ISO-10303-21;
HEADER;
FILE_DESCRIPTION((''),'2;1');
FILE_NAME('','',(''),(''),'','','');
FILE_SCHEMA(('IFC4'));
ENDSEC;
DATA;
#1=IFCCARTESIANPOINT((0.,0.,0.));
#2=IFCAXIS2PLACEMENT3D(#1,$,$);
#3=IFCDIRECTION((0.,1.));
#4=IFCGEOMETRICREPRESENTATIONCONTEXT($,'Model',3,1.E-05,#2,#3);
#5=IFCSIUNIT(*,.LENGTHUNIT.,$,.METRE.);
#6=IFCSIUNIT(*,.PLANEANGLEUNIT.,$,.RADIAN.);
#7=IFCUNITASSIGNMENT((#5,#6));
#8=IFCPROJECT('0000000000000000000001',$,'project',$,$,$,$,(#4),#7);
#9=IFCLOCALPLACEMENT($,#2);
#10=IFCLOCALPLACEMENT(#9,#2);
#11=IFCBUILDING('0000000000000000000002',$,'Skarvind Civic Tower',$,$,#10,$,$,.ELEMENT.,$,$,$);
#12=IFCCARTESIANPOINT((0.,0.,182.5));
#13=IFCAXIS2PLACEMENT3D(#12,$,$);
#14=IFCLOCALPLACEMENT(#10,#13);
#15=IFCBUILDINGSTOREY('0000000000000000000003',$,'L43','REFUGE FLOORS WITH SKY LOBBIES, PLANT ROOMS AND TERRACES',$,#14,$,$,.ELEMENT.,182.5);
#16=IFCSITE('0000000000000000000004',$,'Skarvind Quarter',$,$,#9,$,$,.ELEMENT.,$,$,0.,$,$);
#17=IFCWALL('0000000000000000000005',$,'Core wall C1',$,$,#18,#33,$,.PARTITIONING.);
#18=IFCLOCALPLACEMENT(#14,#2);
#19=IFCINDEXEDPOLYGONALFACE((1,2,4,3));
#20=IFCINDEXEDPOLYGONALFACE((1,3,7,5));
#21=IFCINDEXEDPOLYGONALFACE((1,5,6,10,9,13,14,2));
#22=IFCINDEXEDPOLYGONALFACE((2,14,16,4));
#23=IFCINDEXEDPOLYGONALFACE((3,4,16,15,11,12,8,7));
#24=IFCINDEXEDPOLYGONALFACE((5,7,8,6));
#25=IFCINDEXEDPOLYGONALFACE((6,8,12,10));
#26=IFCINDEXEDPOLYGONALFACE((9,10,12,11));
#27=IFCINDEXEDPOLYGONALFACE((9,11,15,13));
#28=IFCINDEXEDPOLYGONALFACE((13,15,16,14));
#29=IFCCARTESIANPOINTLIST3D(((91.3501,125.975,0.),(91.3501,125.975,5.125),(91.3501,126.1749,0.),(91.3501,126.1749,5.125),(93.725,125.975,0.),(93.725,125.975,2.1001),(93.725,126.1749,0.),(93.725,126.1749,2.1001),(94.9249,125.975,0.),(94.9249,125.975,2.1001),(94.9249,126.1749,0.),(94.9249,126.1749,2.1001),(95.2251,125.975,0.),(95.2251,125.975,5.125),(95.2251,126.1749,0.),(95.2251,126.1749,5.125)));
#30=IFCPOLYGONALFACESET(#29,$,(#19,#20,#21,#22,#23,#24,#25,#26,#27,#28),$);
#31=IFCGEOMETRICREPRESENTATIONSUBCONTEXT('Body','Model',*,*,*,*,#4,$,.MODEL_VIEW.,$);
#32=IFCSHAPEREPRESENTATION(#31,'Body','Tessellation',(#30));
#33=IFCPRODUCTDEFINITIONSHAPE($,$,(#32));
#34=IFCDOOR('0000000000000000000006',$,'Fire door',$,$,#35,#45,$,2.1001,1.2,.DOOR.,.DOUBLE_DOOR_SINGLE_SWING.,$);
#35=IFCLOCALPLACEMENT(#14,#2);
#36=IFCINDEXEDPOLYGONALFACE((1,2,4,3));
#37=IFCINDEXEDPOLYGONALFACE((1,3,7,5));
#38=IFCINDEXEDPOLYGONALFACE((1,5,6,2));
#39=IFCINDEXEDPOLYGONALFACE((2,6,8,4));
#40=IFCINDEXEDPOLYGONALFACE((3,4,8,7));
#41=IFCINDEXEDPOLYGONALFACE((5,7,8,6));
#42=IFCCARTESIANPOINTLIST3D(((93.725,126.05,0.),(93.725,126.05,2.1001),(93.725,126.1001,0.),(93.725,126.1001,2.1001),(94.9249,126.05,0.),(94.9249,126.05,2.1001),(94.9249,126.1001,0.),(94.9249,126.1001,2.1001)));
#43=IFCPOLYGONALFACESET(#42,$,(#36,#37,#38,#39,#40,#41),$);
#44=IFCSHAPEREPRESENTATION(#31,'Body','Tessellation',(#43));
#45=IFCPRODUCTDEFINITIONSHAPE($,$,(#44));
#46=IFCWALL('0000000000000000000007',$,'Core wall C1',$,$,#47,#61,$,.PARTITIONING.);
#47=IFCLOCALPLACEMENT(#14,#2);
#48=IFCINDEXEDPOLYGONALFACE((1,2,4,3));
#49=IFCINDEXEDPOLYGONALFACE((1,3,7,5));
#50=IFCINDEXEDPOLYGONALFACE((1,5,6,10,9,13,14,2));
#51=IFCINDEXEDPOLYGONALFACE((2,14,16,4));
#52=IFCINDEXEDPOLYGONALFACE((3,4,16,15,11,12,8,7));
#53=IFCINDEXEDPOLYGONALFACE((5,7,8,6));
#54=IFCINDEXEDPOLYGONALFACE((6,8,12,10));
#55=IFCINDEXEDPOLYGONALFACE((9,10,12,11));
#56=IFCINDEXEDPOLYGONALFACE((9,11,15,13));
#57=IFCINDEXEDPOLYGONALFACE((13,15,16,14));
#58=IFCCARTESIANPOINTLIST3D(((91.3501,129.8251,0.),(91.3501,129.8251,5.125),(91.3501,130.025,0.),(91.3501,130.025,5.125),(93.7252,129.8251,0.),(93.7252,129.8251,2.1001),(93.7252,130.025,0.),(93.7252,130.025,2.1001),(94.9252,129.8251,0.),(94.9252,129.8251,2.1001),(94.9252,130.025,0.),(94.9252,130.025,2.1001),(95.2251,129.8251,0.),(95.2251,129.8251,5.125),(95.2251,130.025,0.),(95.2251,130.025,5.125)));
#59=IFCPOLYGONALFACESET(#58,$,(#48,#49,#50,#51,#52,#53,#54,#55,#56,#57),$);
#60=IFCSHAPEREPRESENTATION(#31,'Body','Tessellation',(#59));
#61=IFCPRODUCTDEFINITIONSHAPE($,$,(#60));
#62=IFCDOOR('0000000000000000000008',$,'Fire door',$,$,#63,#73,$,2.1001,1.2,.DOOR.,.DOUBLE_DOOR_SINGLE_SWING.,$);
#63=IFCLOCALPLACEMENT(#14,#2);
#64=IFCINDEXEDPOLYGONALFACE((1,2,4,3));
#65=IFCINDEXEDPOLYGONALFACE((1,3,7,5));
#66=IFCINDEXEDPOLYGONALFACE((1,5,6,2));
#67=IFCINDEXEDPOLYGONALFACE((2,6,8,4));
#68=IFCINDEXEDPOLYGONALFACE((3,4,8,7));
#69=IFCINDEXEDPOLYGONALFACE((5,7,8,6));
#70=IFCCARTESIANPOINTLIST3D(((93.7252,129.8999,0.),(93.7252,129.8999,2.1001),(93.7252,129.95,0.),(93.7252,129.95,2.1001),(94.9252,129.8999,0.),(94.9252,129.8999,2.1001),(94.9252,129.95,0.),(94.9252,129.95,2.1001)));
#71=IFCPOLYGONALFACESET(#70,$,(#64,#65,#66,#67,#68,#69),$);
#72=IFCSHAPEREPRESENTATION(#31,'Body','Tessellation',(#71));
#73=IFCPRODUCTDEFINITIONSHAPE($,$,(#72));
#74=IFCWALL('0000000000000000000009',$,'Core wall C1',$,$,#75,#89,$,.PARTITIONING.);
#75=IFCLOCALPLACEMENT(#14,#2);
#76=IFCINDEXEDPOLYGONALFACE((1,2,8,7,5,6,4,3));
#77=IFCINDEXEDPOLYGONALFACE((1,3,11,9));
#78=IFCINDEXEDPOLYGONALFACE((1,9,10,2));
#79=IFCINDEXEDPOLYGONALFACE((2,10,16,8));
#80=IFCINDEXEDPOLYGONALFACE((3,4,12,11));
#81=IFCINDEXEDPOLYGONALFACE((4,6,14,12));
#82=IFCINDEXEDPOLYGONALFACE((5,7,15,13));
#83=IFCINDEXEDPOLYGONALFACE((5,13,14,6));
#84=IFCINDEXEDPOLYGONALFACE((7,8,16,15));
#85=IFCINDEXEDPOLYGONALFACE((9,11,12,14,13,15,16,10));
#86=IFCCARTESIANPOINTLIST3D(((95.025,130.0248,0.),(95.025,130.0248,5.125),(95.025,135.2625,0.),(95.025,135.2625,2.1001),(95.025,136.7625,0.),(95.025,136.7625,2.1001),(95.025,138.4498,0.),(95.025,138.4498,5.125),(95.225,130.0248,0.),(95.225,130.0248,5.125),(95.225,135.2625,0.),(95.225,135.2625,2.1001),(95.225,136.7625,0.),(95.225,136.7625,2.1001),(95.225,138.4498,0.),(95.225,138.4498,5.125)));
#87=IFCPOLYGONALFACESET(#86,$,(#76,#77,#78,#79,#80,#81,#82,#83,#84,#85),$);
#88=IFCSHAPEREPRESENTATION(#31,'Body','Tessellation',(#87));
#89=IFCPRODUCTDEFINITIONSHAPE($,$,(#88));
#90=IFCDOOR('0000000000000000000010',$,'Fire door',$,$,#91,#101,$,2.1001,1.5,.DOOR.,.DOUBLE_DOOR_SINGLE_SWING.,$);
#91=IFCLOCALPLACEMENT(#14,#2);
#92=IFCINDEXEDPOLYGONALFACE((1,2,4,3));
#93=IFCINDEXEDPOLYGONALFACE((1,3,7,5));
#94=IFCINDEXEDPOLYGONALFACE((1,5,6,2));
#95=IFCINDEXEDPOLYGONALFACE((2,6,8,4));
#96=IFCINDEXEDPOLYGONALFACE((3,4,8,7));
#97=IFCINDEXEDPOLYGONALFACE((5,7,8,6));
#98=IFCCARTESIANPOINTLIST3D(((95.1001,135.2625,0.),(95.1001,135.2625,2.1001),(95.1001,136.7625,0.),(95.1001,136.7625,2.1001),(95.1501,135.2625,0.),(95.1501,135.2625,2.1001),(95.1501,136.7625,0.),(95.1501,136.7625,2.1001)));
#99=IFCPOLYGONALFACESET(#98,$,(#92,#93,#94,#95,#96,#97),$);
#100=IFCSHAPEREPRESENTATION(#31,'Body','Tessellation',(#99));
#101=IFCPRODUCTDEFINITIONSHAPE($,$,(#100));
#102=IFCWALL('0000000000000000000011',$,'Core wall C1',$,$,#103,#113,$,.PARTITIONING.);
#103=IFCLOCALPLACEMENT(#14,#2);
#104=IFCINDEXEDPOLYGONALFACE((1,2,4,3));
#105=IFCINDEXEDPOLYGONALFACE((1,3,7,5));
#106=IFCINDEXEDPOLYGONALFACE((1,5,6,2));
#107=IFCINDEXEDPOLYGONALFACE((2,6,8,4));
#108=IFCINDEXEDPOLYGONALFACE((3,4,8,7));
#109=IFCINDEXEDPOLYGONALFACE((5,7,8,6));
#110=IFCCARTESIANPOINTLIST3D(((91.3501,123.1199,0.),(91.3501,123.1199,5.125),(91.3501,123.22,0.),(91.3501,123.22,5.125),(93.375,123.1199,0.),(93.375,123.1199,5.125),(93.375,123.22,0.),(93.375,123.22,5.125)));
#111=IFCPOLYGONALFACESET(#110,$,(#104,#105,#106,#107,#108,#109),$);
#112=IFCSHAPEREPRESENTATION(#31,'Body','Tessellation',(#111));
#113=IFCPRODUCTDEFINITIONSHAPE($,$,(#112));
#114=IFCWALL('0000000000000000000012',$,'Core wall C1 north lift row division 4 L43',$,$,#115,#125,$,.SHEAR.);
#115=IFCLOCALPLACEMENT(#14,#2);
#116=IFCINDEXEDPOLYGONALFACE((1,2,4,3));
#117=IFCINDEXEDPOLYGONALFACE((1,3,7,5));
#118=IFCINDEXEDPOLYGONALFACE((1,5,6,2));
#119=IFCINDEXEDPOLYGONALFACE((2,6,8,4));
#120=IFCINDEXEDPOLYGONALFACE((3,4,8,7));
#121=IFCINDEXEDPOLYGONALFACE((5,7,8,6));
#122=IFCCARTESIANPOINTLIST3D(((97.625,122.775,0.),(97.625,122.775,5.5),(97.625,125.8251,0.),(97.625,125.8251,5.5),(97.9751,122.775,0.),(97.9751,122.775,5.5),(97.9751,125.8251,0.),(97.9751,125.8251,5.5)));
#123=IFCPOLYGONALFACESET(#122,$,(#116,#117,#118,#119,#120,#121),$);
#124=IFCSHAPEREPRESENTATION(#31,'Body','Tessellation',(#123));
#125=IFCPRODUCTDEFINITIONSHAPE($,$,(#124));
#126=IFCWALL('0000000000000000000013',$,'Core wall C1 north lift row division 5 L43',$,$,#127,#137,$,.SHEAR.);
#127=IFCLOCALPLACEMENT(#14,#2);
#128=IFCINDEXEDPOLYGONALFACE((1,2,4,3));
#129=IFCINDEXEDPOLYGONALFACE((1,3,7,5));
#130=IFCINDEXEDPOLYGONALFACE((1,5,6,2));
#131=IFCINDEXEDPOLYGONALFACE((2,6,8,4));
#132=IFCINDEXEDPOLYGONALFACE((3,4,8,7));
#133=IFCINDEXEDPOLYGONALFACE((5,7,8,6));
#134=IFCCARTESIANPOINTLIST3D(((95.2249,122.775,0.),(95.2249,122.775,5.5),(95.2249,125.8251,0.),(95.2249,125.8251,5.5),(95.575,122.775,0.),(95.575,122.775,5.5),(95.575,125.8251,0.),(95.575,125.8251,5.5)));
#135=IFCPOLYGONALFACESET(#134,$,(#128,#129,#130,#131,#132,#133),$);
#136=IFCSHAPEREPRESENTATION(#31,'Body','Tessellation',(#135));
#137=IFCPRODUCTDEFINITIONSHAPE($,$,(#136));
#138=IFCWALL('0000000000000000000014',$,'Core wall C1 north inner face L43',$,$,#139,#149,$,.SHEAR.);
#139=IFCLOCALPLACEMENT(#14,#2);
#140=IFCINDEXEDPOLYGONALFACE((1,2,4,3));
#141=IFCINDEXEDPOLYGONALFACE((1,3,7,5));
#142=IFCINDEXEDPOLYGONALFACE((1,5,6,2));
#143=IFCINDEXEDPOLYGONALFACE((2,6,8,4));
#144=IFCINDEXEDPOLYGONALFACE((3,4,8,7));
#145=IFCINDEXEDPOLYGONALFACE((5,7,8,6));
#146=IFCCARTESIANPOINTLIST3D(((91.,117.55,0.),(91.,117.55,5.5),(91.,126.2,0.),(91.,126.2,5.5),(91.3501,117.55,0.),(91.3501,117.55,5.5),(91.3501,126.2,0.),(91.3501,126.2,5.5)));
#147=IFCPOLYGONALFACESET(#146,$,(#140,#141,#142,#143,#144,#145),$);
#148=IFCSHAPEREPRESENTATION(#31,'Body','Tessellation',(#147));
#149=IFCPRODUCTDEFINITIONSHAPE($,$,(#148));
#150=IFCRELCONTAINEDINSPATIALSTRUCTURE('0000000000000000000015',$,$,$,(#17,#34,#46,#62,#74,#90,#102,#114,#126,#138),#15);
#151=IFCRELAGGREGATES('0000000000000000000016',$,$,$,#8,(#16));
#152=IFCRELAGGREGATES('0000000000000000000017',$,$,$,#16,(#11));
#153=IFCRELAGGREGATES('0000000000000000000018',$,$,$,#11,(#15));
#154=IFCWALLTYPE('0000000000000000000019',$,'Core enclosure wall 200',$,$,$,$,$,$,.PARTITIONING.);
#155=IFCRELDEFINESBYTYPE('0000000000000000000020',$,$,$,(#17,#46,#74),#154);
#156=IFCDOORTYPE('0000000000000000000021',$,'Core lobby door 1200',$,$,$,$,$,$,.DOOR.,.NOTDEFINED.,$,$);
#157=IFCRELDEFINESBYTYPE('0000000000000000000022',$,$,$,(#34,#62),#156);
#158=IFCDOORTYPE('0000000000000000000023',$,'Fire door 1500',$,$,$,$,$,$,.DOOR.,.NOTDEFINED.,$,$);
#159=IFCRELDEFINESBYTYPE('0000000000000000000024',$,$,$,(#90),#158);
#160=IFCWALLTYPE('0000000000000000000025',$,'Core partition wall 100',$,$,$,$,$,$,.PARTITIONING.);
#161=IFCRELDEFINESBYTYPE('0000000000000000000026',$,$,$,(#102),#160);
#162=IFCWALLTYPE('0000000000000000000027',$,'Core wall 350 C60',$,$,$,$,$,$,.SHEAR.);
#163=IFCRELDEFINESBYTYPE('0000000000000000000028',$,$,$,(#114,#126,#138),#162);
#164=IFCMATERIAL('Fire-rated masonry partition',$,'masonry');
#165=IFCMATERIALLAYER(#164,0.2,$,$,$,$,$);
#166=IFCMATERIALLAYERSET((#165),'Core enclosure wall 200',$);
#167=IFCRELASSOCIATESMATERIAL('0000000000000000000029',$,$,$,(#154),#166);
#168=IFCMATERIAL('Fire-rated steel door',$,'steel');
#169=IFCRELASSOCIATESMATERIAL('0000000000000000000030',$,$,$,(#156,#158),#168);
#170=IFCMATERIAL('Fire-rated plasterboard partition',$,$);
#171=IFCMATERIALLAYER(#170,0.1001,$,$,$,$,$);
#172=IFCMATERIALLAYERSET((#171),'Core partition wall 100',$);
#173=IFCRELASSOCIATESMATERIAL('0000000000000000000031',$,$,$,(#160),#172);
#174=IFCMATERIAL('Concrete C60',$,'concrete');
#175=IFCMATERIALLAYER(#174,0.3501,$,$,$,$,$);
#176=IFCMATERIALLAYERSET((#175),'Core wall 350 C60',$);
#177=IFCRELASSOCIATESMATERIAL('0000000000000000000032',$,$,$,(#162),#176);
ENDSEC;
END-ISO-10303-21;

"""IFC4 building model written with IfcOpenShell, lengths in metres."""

from ifc_helpers import new_model, si_unit, direction, frame, frame_2d, origin, place, context, subcontext, project, spatial, rectangle, extrude, material, layer, layer_set, type_object, element, fill, save


model = new_model("IFC4")

# Units and contexts
model_context = context("Model", 3, precision=1e-05, world=origin(), true_north=direction((0.0, 1.0)))
body_context = subcontext(model_context, "Body", "Model", "MODEL_VIEW")
ifc_project = project(units=[si_unit("LENGTHUNIT", "METRE"), si_unit("PLANEANGLEUNIT", "RADIAN")], contexts=[model_context])

# Site, building, storey
site_placement = place(None, origin())
site = spatial("IfcSite", under=ifc_project, at=site_placement, Name="Skarvind Quarter", CompositionType="ELEMENT", RefElevation=0.0)
building_placement = place(site_placement, origin())
building = spatial("IfcBuilding", under=site, at=building_placement, Name="Skarvind Civic Tower", CompositionType="ELEMENT")
storey_placement = place(building_placement, frame((0.0, 0.0, 182.5)))
storey = spatial("IfcBuildingStorey", under=building, at=storey_placement, Name="L43", Description="REFUGE FLOORS WITH SKY LOBBIES, PLANT ROOMS AND TERRACES", CompositionType="ELEMENT", Elevation=182.5)

# Walls, openings, doors
ifc_material_1 = material(Name="Fire-rated masonry partition", Category="masonry")
ifc_layer_1 = layer(ifc_material_1, 0.2)
ifc_layer_set_1 = layer_set([ifc_layer_1], Name="Core enclosure wall 200")
wall_type_1 = type_object("IfcWallType", Name="Core enclosure wall 200", PredefinedType="PARTITIONING", material=ifc_layer_set_1)
wall_1_placement = place(storey_placement, frame((95.2251, 126.075, 0.0), z_axis=(0.0, 0.0, 1.0), x_axis=(-1.0, 0.0, 0.0)))
wall_1 = element("IfcWall", 1, at=wall_1_placement, inside=storey, type_object=wall_type_1, Name="Core wall C1", PredefinedType="PARTITIONING", context=body_context, shape_type="SweptSolid", body=[
    extrude(rectangle(XDim=3.875, YDim=0.2, at=frame_2d((1.9375, 0.0))), origin(), (0.0, 0.0, 1.0), 5.125),
])
opening_1_placement = place(wall_1_placement, frame((0.3, 0.0, 0.0)))
opening_1 = element("IfcOpeningElement", 2, at=opening_1_placement, cuts=wall_1, PredefinedType="OPENING", context=body_context, shape_type="SweptSolid", body=[
    extrude(rectangle(XDim=1.2, YDim=2.1001, at=frame_2d((0.6001, 1.05))), frame((0.0, 0.1099, 0.0), z_axis=(0.0, -1.0, 0.0), x_axis=(1.0, 0.0, 0.0)), (0.0, 0.0, 1.0), 0.22),
])
ifc_material_2 = material(Name="Fire-rated steel door", Category="steel")
door_type_1 = type_object("IfcDoorType", Name="Core lobby door 1200", OperationType="NOTDEFINED", PredefinedType="DOOR", material=ifc_material_2)
door_1_placement = place(opening_1_placement, origin())
door_1 = element("IfcDoor", 3, at=door_1_placement, inside=storey, type_object=door_type_1, Name="Fire door", OperationType="DOUBLE_DOOR_SINGLE_SWING", OverallHeight=2.1001, OverallWidth=1.2, PredefinedType="DOOR", context=body_context, shape_type="SweptSolid", body=[
    extrude(rectangle(XDim=1.2, YDim=2.1001, at=frame_2d((0.6001, 1.05))), frame((0.0, 0.0249, 0.0), z_axis=(0.0, -1.0, 0.0), x_axis=(1.0, 0.0, 0.0)), (0.0, 0.0, 1.0), 0.05),
])
fill(opening_1, door_1)
wall_2_placement = place(storey_placement, frame((91.3501, 129.925, 0.0), z_axis=(0.0, 0.0, 1.0), x_axis=(1.0, 0.0, 0.0)))
wall_2 = element("IfcWall", 4, at=wall_2_placement, inside=storey, type_object=wall_type_1, Name="Core wall C1", PredefinedType="PARTITIONING", context=body_context, shape_type="SweptSolid", body=[
    extrude(rectangle(XDim=3.875, YDim=0.2, at=frame_2d((1.9375, 0.0))), origin(), (0.0, 0.0, 1.0), 5.125),
])
opening_2_placement = place(wall_2_placement, frame((2.375, 0.0, 0.0)))
opening_2 = element("IfcOpeningElement", 5, at=opening_2_placement, cuts=wall_2, PredefinedType="OPENING", context=body_context, shape_type="SweptSolid", body=[
    extrude(rectangle(XDim=1.2, YDim=2.1001, at=frame_2d((0.6001, 1.05))), frame((0.0, 0.1099, 0.0), z_axis=(0.0, -1.0, 0.0), x_axis=(1.0, 0.0, 0.0)), (0.0, 0.0, 1.0), 0.22),
])
door_2_placement = place(opening_2_placement, origin())
door_2 = element("IfcDoor", 6, at=door_2_placement, inside=storey, type_object=door_type_1, Name="Fire door", OperationType="DOUBLE_DOOR_SINGLE_SWING", OverallHeight=2.1001, OverallWidth=1.2, PredefinedType="DOOR", context=body_context, shape_type="SweptSolid", body=[
    extrude(rectangle(XDim=1.2, YDim=2.1001, at=frame_2d((0.6001, 1.05))), frame((0.0, 0.0249, 0.0), z_axis=(0.0, -1.0, 0.0), x_axis=(1.0, 0.0, 0.0)), (0.0, 0.0, 1.0), 0.05),
])
fill(opening_2, door_2)
wall_3_placement = place(storey_placement, frame((95.125, 130.0249, 0.0), z_axis=(0.0, 0.0, 1.0), x_axis=(0.0, 1.0, 0.0)))
wall_3 = element("IfcWall", 7, at=wall_3_placement, inside=storey, type_object=wall_type_1, Name="Core wall C1", PredefinedType="PARTITIONING", context=body_context, shape_type="SweptSolid", body=[
    extrude(rectangle(XDim=8.425, YDim=0.2, at=frame_2d((4.2124, 0.0))), origin(), (0.0, 0.0, 1.0), 5.125),
])
opening_3_placement = place(wall_3_placement, frame((5.2375, 0.0, 0.0)))
opening_3 = element("IfcOpeningElement", 8, at=opening_3_placement, cuts=wall_3, PredefinedType="OPENING", context=body_context, shape_type="SweptSolid", body=[
    extrude(rectangle(XDim=1.5, YDim=2.1001, at=frame_2d((0.75, 1.05))), frame((0.0, 0.1099, 0.0), z_axis=(0.0, -1.0, 0.0), x_axis=(1.0, 0.0, 0.0)), (0.0, 0.0, 1.0), 0.22),
])
door_type_2 = type_object("IfcDoorType", Name="Fire door 1500", OperationType="NOTDEFINED", PredefinedType="DOOR", material=ifc_material_2)
door_3_placement = place(opening_3_placement, origin())
door_3 = element("IfcDoor", 9, at=door_3_placement, inside=storey, type_object=door_type_2, Name="Fire door", OperationType="DOUBLE_DOOR_SINGLE_SWING", OverallHeight=2.1001, OverallWidth=1.5, PredefinedType="DOOR", context=body_context, shape_type="SweptSolid", body=[
    extrude(rectangle(XDim=1.5, YDim=2.1001, at=frame_2d((0.75, 1.05))), frame((0.0, 0.0249, 0.0), z_axis=(0.0, -1.0, 0.0), x_axis=(1.0, 0.0, 0.0)), (0.0, 0.0, 1.0), 0.05),
])
fill(opening_3, door_3)

# Walls
ifc_material_3 = material(Name="Fire-rated plasterboard partition")
ifc_layer_2 = layer(ifc_material_3, 0.1001)
ifc_layer_set_2 = layer_set([ifc_layer_2], Name="Core partition wall 100")
wall_type_2 = type_object("IfcWallType", Name="Core partition wall 100", PredefinedType="PARTITIONING", material=ifc_layer_set_2)
wall_4_placement = place(storey_placement, frame((93.375, 123.1699, 0.0), z_axis=(0.0, 0.0, 1.0), x_axis=(-1.0, 0.0, 0.0)))
element("IfcWall", 10, at=wall_4_placement, inside=storey, type_object=wall_type_2, Name="Core wall C1", PredefinedType="PARTITIONING", context=body_context, shape_type="SweptSolid", body=[
    extrude(rectangle(XDim=2.0249, YDim=0.1001, at=frame_2d((1.0125, 0.0))), origin(), (0.0, 0.0, 1.0), 5.125),
])
ifc_material_4 = material(Name="Concrete C60", Category="concrete")
ifc_layer_3 = layer(ifc_material_4, 0.3501)
ifc_layer_set_3 = layer_set([ifc_layer_3], Name="Core wall 350 C60")
wall_type_3 = type_object("IfcWallType", Name="Core wall 350 C60", PredefinedType="SHEAR", material=ifc_layer_set_3)
for number, where, z_axis, x_axis, name in (
    (11, (97.8, 125.825, 0.0), (0.0, 0.0, 1.0), (0.0, -1.0, 0.0), "Core wall C1 north lift row division 4 L43"),
    (12, (95.3999, 125.825, 0.0), (0.0, 0.0, 1.0), (0.0, -1.0, 0.0), "Core wall C1 north lift row division 5 L43"),
):
    element("IfcWall", number, at=place(storey_placement, frame(where, z_axis=z_axis, x_axis=x_axis)), inside=storey, type_object=wall_type_3, Name=name, PredefinedType="SHEAR", context=body_context, shape_type="SweptSolid", body=[
        extrude(rectangle(XDim=3.05, YDim=0.3501, at=frame_2d((1.5249, 0.0))), origin(), (0.0, 0.0, 1.0), 5.5),
    ])
wall_5_placement = place(storey_placement, frame((91.175, 126.2, 0.0), z_axis=(0.0, 0.0, 1.0), x_axis=(0.0, -1.0, 0.0)))
element("IfcWall", 13, at=wall_5_placement, inside=storey, type_object=wall_type_3, Name="Core wall C1 north inner face L43", PredefinedType="SHEAR", context=body_context, shape_type="SweptSolid", body=[
    extrude(rectangle(XDim=8.6499, YDim=0.3501, at=frame_2d((4.325, 0.0))), origin(), (0.0, 0.0, 1.0), 5.5),
])

save(model, "model.ifc")
